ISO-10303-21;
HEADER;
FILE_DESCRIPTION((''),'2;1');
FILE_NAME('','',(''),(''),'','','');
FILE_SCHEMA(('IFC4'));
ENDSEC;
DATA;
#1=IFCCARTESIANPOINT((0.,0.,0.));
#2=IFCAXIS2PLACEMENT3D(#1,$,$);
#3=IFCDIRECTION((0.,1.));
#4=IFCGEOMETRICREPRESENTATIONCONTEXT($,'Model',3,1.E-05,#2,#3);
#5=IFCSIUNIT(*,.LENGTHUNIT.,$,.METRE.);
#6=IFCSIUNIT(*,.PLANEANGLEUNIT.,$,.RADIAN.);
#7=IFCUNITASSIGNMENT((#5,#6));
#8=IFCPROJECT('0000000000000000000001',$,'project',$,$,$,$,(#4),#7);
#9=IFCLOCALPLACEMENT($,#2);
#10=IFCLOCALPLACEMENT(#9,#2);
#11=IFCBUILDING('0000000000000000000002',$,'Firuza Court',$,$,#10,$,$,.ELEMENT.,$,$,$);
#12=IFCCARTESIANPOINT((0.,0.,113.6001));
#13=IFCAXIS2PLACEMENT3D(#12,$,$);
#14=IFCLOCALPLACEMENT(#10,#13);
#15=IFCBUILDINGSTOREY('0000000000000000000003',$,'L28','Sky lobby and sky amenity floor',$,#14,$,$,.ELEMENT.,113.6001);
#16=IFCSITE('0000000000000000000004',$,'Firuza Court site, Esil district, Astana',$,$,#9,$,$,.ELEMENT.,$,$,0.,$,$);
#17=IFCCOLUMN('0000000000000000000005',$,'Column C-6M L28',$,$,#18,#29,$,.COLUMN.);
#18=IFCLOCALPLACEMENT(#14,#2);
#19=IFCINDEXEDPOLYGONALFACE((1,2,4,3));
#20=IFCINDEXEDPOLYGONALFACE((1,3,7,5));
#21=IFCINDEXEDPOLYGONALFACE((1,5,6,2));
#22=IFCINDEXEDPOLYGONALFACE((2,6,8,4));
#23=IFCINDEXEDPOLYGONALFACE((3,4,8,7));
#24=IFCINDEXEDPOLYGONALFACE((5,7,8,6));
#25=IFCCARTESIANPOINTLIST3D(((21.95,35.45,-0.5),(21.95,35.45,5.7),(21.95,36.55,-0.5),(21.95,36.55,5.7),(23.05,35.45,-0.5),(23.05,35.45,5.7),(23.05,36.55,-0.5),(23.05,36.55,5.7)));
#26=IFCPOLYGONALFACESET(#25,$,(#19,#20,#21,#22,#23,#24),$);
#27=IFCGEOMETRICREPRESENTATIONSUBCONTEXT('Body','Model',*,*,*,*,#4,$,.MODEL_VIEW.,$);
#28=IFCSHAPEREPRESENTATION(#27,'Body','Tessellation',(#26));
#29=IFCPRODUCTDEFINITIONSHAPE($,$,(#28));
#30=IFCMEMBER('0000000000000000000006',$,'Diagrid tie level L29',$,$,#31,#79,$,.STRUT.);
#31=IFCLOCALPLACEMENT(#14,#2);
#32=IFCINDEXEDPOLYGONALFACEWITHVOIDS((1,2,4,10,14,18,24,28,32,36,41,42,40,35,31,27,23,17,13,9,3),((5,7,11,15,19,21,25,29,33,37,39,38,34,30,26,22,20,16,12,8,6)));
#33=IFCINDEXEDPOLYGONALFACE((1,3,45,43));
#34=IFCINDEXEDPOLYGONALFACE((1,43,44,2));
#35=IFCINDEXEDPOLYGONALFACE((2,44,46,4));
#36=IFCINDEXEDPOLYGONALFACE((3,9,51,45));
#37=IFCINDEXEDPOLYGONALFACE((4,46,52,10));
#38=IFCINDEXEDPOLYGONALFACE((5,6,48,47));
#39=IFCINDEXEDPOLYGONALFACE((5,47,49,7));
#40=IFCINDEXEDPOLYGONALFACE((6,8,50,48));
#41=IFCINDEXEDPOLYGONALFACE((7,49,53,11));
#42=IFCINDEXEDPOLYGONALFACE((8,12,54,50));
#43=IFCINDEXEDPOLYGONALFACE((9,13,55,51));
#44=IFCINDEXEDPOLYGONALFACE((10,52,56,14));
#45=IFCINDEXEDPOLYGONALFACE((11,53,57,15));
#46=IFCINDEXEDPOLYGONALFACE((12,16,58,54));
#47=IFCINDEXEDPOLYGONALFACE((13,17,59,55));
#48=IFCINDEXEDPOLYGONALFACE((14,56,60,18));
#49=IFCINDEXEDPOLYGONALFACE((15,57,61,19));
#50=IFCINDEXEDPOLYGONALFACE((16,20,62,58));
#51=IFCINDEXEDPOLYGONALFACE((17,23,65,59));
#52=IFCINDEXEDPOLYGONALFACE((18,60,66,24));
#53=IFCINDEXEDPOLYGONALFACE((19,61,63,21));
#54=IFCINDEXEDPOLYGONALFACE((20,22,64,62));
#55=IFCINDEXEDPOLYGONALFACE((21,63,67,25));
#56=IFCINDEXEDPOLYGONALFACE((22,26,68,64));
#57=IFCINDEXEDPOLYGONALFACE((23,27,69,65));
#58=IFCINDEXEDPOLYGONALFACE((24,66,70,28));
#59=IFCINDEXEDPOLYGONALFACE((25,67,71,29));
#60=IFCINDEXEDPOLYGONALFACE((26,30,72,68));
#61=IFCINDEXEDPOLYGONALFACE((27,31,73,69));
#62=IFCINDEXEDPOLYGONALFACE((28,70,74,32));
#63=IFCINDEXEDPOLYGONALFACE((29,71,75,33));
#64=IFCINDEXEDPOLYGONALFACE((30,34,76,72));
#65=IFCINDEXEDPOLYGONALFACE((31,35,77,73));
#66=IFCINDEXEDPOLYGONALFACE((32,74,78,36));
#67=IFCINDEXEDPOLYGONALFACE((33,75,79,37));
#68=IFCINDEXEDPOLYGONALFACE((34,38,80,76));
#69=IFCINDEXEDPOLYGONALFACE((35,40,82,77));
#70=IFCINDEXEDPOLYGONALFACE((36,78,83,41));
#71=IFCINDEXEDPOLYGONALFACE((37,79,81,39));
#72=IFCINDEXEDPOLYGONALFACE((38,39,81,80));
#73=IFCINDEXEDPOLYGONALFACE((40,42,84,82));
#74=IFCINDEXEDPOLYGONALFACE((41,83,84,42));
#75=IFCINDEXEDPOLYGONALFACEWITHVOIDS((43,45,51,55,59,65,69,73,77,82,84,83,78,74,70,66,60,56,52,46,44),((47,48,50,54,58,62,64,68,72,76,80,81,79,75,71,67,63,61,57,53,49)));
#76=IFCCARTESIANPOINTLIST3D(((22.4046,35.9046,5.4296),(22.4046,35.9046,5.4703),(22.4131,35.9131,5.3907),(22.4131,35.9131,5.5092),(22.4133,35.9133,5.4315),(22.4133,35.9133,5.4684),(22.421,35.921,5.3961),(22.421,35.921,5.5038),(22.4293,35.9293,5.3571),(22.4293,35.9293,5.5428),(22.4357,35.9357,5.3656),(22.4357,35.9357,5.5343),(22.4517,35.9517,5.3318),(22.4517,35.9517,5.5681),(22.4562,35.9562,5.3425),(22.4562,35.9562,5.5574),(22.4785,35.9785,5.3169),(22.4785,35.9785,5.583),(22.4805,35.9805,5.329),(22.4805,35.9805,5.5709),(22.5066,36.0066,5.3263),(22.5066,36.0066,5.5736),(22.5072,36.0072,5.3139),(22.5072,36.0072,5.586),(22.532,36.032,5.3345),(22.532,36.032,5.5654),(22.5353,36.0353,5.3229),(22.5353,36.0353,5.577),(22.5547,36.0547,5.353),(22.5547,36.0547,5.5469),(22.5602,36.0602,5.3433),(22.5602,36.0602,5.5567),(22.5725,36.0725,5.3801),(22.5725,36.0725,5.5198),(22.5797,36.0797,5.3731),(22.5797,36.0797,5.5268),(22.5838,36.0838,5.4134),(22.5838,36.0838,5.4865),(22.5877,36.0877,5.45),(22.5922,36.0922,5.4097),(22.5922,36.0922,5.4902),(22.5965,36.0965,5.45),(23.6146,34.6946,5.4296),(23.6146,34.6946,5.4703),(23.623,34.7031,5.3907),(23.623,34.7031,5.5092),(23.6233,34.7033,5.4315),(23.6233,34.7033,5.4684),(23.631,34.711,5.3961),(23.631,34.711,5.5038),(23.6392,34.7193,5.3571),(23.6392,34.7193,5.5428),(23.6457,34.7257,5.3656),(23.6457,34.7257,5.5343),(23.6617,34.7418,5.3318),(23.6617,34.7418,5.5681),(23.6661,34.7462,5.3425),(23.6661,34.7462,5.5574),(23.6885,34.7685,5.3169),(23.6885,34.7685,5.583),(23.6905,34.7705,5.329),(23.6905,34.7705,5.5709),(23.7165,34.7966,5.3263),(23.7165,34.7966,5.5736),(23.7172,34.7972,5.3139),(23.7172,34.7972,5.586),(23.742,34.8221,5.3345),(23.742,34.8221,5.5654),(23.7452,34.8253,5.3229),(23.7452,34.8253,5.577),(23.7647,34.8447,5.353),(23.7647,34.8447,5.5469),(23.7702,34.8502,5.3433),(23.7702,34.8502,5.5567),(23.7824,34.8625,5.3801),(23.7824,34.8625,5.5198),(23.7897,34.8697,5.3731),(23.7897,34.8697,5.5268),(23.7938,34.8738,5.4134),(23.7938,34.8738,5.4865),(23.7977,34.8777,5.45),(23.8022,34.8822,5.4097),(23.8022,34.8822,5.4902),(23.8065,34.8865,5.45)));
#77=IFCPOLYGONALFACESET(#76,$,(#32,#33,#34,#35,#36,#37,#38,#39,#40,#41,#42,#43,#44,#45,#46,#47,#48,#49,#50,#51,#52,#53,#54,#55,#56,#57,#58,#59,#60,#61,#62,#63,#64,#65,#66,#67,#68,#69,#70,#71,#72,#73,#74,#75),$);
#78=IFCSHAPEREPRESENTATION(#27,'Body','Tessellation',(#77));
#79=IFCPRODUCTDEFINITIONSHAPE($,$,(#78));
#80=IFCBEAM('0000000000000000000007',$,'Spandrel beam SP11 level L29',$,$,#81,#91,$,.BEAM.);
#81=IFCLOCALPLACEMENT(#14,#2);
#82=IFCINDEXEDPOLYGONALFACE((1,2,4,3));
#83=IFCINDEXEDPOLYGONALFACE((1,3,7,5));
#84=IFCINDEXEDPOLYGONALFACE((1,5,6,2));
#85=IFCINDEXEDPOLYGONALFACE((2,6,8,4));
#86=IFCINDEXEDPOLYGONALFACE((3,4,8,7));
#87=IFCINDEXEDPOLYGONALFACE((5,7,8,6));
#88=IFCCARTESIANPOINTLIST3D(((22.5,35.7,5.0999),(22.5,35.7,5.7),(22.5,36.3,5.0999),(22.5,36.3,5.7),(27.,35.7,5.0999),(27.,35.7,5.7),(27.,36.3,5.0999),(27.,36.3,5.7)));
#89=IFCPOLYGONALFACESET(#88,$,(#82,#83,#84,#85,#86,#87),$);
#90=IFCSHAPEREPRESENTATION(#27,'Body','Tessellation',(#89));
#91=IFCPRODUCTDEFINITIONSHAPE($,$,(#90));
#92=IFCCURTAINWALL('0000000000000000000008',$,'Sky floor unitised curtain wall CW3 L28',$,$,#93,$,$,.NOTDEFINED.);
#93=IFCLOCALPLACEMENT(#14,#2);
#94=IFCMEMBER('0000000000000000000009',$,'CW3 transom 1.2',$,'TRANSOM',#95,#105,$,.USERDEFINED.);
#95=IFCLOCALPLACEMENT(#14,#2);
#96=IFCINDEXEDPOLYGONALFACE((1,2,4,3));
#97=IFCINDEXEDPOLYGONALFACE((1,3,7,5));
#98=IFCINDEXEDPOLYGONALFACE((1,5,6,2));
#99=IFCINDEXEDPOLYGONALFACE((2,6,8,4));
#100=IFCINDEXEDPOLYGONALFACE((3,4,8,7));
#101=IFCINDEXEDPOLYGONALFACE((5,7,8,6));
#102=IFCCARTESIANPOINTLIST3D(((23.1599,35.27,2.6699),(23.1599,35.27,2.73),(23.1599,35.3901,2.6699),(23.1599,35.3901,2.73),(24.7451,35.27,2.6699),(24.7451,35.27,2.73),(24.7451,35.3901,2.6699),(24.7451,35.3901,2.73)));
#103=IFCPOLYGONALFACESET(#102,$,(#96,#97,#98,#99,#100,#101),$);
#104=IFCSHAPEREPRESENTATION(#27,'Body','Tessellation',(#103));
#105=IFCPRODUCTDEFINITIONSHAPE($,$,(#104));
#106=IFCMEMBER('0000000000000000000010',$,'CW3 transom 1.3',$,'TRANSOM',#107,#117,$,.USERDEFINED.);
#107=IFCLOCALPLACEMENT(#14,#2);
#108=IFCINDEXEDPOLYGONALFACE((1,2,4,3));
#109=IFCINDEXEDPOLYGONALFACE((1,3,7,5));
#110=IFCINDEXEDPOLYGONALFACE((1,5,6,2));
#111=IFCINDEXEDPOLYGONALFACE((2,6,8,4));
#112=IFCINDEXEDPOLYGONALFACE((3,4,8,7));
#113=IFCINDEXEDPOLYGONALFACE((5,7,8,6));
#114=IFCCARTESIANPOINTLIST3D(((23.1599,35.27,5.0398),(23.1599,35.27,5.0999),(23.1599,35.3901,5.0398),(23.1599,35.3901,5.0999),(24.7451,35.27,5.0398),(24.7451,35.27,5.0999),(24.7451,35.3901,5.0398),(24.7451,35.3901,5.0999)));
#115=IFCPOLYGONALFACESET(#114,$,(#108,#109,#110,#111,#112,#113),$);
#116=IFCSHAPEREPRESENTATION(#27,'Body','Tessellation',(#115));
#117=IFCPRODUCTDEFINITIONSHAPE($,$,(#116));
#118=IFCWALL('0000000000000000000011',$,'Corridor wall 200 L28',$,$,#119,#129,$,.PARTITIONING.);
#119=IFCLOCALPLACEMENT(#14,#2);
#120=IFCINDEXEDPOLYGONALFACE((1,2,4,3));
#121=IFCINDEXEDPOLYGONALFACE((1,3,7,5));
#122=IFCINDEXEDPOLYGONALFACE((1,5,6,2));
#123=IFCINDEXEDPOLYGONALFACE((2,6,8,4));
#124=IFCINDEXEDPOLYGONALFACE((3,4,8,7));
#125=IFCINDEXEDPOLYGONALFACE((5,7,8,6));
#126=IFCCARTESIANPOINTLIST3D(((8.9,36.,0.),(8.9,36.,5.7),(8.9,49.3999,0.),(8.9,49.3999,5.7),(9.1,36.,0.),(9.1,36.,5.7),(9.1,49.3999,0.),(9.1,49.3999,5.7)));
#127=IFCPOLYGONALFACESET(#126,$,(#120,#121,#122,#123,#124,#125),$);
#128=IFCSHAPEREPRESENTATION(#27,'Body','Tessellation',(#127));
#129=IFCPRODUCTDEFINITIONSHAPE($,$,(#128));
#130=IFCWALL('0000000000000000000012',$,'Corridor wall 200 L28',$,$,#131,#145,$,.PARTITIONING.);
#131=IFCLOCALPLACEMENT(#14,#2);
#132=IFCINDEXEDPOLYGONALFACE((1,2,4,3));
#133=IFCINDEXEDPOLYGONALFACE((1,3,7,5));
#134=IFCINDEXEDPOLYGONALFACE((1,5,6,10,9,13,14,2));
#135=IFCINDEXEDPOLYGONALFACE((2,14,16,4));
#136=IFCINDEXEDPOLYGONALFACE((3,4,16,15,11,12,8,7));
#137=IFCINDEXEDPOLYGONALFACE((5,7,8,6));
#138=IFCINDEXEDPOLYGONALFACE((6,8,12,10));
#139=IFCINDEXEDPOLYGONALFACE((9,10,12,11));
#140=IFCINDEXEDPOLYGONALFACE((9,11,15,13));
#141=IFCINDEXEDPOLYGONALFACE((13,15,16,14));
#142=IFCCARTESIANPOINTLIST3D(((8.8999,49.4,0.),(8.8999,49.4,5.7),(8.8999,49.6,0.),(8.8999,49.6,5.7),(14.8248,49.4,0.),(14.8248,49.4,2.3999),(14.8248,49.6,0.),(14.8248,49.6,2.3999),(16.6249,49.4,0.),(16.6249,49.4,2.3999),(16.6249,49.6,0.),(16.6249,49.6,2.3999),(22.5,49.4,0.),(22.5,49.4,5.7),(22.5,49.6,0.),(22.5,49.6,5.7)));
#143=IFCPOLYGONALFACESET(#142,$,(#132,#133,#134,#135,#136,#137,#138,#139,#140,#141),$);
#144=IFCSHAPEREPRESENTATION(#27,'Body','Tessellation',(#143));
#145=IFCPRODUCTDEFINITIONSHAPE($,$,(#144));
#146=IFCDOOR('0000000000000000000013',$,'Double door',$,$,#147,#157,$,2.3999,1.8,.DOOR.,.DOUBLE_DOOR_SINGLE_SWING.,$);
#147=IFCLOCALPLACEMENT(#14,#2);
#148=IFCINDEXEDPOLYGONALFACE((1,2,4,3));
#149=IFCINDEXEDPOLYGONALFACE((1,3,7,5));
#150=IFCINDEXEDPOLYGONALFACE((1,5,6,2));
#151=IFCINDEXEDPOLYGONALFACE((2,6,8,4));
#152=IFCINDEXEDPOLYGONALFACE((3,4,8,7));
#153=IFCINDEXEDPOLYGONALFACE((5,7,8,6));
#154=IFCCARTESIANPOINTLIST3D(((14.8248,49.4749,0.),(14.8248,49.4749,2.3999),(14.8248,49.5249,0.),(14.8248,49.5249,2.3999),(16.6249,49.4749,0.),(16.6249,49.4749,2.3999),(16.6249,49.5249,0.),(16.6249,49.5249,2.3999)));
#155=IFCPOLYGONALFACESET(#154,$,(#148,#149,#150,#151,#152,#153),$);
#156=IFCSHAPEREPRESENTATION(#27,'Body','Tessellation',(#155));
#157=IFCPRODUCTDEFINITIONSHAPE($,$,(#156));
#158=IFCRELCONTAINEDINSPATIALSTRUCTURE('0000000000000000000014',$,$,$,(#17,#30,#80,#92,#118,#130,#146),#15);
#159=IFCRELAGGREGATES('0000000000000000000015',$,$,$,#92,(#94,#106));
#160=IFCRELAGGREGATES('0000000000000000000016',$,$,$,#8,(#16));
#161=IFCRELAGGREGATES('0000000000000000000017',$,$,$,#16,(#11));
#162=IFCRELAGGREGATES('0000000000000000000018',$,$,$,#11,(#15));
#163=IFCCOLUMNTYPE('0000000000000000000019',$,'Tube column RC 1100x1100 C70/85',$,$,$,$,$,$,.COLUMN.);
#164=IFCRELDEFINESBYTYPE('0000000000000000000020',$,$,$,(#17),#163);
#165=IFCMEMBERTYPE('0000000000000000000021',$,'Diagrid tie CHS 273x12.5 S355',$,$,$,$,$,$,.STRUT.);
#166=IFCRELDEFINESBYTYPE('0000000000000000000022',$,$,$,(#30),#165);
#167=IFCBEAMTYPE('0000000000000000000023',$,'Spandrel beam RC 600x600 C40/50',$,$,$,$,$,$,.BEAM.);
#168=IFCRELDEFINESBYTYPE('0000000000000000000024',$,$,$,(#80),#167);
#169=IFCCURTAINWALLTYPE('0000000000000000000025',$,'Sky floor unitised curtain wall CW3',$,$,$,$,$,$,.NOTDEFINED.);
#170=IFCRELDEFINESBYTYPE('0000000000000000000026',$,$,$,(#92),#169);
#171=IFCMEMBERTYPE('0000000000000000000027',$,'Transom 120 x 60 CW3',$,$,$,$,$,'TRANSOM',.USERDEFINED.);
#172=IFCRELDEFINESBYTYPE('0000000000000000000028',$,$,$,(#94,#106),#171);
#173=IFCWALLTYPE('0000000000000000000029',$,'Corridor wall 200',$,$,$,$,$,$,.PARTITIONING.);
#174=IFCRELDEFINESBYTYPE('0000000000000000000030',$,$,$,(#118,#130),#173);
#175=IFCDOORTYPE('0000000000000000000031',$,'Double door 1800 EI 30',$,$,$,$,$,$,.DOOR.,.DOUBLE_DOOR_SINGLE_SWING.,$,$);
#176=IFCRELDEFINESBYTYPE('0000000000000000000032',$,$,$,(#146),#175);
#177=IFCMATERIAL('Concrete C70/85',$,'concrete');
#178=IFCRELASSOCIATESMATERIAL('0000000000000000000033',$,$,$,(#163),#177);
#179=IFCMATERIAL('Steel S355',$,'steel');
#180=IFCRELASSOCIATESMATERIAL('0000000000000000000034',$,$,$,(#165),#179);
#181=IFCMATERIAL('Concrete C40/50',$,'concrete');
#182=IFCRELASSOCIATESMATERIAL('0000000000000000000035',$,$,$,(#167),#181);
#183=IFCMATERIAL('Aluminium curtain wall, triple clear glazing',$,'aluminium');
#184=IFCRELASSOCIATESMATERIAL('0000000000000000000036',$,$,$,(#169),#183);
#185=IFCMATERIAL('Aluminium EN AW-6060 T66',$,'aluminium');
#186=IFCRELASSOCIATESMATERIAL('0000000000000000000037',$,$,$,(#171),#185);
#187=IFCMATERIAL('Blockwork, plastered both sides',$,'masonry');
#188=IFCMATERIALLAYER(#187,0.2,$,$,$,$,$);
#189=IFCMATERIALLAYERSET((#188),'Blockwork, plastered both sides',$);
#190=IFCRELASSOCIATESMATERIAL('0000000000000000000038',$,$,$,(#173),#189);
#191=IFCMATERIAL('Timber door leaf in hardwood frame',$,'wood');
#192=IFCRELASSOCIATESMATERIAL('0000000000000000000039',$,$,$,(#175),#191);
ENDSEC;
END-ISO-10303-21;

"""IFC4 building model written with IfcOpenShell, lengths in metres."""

from ifc_helpers import new_model, si_unit, direction, frame, frame_2d, origin, origin_2d, place, context, subcontext, project, spatial, rectangle, hollow_circle, extrude, material, layer, layer_set, material_profile, profile_set, type_object, element, fill, aggregate, save


model = new_model("IFC4")

# Units and contexts
model_context = context("Model", 3, precision=1e-05, world=origin(), true_north=direction((0.0, 1.0)))
body_context = subcontext(model_context, "Body", "Model", "MODEL_VIEW")
ifc_project = project(units=[si_unit("LENGTHUNIT", "METRE"), si_unit("PLANEANGLEUNIT", "RADIAN")], contexts=[model_context])

# Site, building, storey
site_placement = place(None, origin())
site = spatial("IfcSite", under=ifc_project, at=site_placement, Name="Firuza Court site, Esil district, Astana", CompositionType="ELEMENT", RefElevation=0.0)
building_placement = place(site_placement, origin())
building = spatial("IfcBuilding", under=site, at=building_placement, Name="Firuza Court", CompositionType="ELEMENT")
storey_placement = place(building_placement, frame((0.0, 0.0, 113.6001)))
storey = spatial("IfcBuildingStorey", under=building, at=storey_placement, Name="L28", Description="Sky lobby and sky amenity floor", CompositionType="ELEMENT", Elevation=113.6001)

# Column
ifc_material_1 = material(Name="Concrete C70/85", Category="concrete")
ifc_material_profile_1 = material_profile(ifc_material_1, rectangle(XDim=1.1001, YDim=1.1001, at=origin_2d()), Name="RC 1100x1100")
ifc_profile_set_1 = profile_set([ifc_material_profile_1], Name="Concrete C70/85")
column_type = type_object("IfcColumnType", Name="Tube column RC 1100x1100 C70/85", PredefinedType="COLUMN", material=ifc_profile_set_1)
column_placement = place(storey_placement, frame((22.5, 36.0, -0.5), z_axis=(0.0, 0.0, 1.0), x_axis=(1.0, 0.0, 0.0)))
element("IfcColumn", 1, at=column_placement, inside=storey, type_object=column_type, Name="Column C-6M L28", PredefinedType="COLUMN", context=body_context, shape_type="SweptSolid", body=[
    extrude(rectangle(XDim=1.1001, YDim=1.1001, at=origin_2d()), origin(), (0.0, 0.0, 1.0), 6.2),
])

# Member
ifc_material_2 = material(Name="Steel S355", Category="steel")
ifc_material_profile_2 = material_profile(ifc_material_2, hollow_circle(Radius=0.1365, WallThickness=0.0125, at=origin_2d()), Name="CHS 273x12.5")
ifc_profile_set_2 = profile_set([ifc_material_profile_2], Name="Steel S355")
member_type_1 = type_object("IfcMemberType", Name="Diagrid tie CHS 273x12.5 S355", PredefinedType="STRUT", material=ifc_profile_set_2)
member_1_placement = place(storey_placement, frame((22.5, 36.0, 5.45), z_axis=(0.707107, -0.707107, 0.0), x_axis=(0.707107, 0.707107, 0.0)))
element("IfcMember", 2, at=member_1_placement, inside=storey, type_object=member_type_1, Name="Diagrid tie level L29", PredefinedType="STRUT", context=body_context, shape_type="SweptSolid", body=[
    extrude(hollow_circle(Radius=0.1365, WallThickness=0.0125, at=origin_2d()), origin(), (0.0, 0.0, 1.0), 1.7112),
])

# Beam
ifc_material_3 = material(Name="Concrete C40/50", Category="concrete")
ifc_material_profile_3 = material_profile(ifc_material_3, rectangle(XDim=0.6001, YDim=0.6001, at=origin_2d()), Name="RC 600x600")
ifc_profile_set_3 = profile_set([ifc_material_profile_3], Name="Concrete C40/50")
beam_type = type_object("IfcBeamType", Name="Spandrel beam RC 600x600 C40/50", PredefinedType="BEAM", material=ifc_profile_set_3)
beam_placement = place(storey_placement, frame((22.5, 36.0, 5.3999), z_axis=(1.0, 0.0, 0.0), x_axis=(0.0, 1.0, 0.0)))
element("IfcBeam", 3, at=beam_placement, inside=storey, type_object=beam_type, Name="Spandrel beam SP11 level L29", PredefinedType="BEAM", context=body_context, shape_type="SweptSolid", body=[
    extrude(rectangle(XDim=0.6001, YDim=0.6001, at=origin_2d()), origin(), (0.0, 0.0, 1.0), 4.5),
])

# Curtain wall, members
ifc_material_4 = material(Name="Aluminium curtain wall, triple clear glazing", Category="aluminium")
curtain_wall_type = type_object("IfcCurtainWallType", Name="Sky floor unitised curtain wall CW3", PredefinedType="NOTDEFINED", material=ifc_material_4)
curtain_wall_placement = place(storey_placement, origin())
curtain_wall = element("IfcCurtainWall", 4, at=curtain_wall_placement, inside=storey, type_object=curtain_wall_type, Name="Sky floor unitised curtain wall CW3 L28", PredefinedType="NOTDEFINED")
ifc_material_5 = material(Name="Aluminium EN AW-6060 T66", Category="aluminium")
ifc_material_profile_4 = material_profile(ifc_material_5, rectangle(XDim=0.1201, YDim=0.0601, at=origin_2d()), Name="Transom 120 x 60 CW3")
ifc_profile_set_4 = profile_set([ifc_material_profile_4], Name="Aluminium EN AW-6060 T66")
member_type_2 = type_object("IfcMemberType", Name="Transom 120 x 60 CW3", ElementType="TRANSOM", PredefinedType="USERDEFINED", material=ifc_profile_set_4)
member_2_placement = place(storey_placement, frame((23.1599, 35.3301, 2.7), z_axis=(1.0, 0.0, 0.0), x_axis=(0.0, 1.0, 0.0)))
member_2 = element("IfcMember", 5, at=member_2_placement, type_object=member_type_2, Name="CW3 transom 1.2", ObjectType="TRANSOM", PredefinedType="USERDEFINED", context=body_context, shape_type="SweptSolid", body=[
    extrude(rectangle(XDim=0.1201, YDim=0.0601, at=origin_2d()), origin(), (0.0, 0.0, 1.0), 1.5852),
])
member_3_placement = place(storey_placement, frame((23.1599, 35.3301, 5.0698), z_axis=(1.0, 0.0, 0.0), x_axis=(0.0, 1.0, 0.0)))
member_3 = element("IfcMember", 6, at=member_3_placement, type_object=member_type_2, Name="CW3 transom 1.3", ObjectType="TRANSOM", PredefinedType="USERDEFINED", context=body_context, shape_type="SweptSolid", body=[
    extrude(rectangle(XDim=0.1201, YDim=0.0601, at=origin_2d()), origin(), (0.0, 0.0, 1.0), 1.5852),
])
aggregate(curtain_wall, [member_2, member_3])

# Wall
ifc_material_6 = material(Name="Blockwork, plastered both sides", Category="masonry")
ifc_layer_1 = layer(ifc_material_6, 0.2)
ifc_layer_set_1 = layer_set([ifc_layer_1], Name="Blockwork, plastered both sides")
wall_type_1 = type_object("IfcWallType", Name="Corridor wall 200", PredefinedType="PARTITIONING", material=ifc_layer_set_1)
wall_1_placement = place(storey_placement, frame((9.0, 36.0, 0.0), z_axis=(0.0, 0.0, 1.0), x_axis=(0.0, 1.0, 0.0)))
element("IfcWall", 7, at=wall_1_placement, inside=storey, type_object=wall_type_1, Name="Corridor wall 200 L28", PredefinedType="PARTITIONING", context=body_context, shape_type="SweptSolid", body=[
    extrude(rectangle(XDim=13.3999, YDim=0.2, at=frame_2d((6.7, 0.0))), origin(), (0.0, 0.0, 1.0), 5.7),
])

# Wall, opening, door
wall_2_placement = place(storey_placement, frame((8.8999, 49.5, 0.0), z_axis=(0.0, 0.0, 1.0), x_axis=(1.0, 0.0, 0.0)))
wall_2 = element("IfcWall", 8, at=wall_2_placement, inside=storey, type_object=wall_type_1, Name="Corridor wall 200 L28", PredefinedType="PARTITIONING", context=body_context, shape_type="SweptSolid", body=[
    extrude(rectangle(XDim=13.6001, YDim=0.2, at=frame_2d((6.8, 0.0))), origin(), (0.0, 0.0, 1.0), 5.7),
])
opening_1_placement = place(wall_2_placement, frame((5.925, 0.0, 0.0)))
opening_1 = element("IfcOpeningElement", 9, at=opening_1_placement, cuts=wall_2, PredefinedType="OPENING", context=body_context, shape_type="SweptSolid", body=[
    extrude(rectangle(XDim=1.8, YDim=2.3999, at=frame_2d((0.8999, 1.2))), frame((0.0, 0.1118, 0.0), z_axis=(0.0, -1.0, 0.0), x_axis=(1.0, 0.0, 0.0)), (0.0, 0.0, 1.0), 0.2239),
])
ifc_material_7 = material(Name="Timber door leaf in hardwood frame", Category="wood")
door_type_1 = type_object("IfcDoorType", Name="Double door 1800 EI 30", OperationType="DOUBLE_DOOR_SINGLE_SWING", PredefinedType="DOOR", material=ifc_material_7)
door_1_placement = place(opening_1_placement, origin())
door_1 = element("IfcDoor", 10, at=door_1_placement, inside=storey, type_object=door_type_1, Name="Double door", OperationType="DOUBLE_DOOR_SINGLE_SWING", OverallHeight=2.3999, OverallWidth=1.8, PredefinedType="DOOR", context=body_context, shape_type="SweptSolid", body=[
    extrude(rectangle(XDim=1.8, YDim=2.3999, at=frame_2d((0.8999, 1.2))), frame((0.0, 0.0249, 0.0), z_axis=(0.0, -1.0, 0.0), x_axis=(1.0, 0.0, 0.0)), (0.0, 0.0, 1.0), 0.05),
])
fill(opening_1, door_1)

save(model, "model.ifc")
